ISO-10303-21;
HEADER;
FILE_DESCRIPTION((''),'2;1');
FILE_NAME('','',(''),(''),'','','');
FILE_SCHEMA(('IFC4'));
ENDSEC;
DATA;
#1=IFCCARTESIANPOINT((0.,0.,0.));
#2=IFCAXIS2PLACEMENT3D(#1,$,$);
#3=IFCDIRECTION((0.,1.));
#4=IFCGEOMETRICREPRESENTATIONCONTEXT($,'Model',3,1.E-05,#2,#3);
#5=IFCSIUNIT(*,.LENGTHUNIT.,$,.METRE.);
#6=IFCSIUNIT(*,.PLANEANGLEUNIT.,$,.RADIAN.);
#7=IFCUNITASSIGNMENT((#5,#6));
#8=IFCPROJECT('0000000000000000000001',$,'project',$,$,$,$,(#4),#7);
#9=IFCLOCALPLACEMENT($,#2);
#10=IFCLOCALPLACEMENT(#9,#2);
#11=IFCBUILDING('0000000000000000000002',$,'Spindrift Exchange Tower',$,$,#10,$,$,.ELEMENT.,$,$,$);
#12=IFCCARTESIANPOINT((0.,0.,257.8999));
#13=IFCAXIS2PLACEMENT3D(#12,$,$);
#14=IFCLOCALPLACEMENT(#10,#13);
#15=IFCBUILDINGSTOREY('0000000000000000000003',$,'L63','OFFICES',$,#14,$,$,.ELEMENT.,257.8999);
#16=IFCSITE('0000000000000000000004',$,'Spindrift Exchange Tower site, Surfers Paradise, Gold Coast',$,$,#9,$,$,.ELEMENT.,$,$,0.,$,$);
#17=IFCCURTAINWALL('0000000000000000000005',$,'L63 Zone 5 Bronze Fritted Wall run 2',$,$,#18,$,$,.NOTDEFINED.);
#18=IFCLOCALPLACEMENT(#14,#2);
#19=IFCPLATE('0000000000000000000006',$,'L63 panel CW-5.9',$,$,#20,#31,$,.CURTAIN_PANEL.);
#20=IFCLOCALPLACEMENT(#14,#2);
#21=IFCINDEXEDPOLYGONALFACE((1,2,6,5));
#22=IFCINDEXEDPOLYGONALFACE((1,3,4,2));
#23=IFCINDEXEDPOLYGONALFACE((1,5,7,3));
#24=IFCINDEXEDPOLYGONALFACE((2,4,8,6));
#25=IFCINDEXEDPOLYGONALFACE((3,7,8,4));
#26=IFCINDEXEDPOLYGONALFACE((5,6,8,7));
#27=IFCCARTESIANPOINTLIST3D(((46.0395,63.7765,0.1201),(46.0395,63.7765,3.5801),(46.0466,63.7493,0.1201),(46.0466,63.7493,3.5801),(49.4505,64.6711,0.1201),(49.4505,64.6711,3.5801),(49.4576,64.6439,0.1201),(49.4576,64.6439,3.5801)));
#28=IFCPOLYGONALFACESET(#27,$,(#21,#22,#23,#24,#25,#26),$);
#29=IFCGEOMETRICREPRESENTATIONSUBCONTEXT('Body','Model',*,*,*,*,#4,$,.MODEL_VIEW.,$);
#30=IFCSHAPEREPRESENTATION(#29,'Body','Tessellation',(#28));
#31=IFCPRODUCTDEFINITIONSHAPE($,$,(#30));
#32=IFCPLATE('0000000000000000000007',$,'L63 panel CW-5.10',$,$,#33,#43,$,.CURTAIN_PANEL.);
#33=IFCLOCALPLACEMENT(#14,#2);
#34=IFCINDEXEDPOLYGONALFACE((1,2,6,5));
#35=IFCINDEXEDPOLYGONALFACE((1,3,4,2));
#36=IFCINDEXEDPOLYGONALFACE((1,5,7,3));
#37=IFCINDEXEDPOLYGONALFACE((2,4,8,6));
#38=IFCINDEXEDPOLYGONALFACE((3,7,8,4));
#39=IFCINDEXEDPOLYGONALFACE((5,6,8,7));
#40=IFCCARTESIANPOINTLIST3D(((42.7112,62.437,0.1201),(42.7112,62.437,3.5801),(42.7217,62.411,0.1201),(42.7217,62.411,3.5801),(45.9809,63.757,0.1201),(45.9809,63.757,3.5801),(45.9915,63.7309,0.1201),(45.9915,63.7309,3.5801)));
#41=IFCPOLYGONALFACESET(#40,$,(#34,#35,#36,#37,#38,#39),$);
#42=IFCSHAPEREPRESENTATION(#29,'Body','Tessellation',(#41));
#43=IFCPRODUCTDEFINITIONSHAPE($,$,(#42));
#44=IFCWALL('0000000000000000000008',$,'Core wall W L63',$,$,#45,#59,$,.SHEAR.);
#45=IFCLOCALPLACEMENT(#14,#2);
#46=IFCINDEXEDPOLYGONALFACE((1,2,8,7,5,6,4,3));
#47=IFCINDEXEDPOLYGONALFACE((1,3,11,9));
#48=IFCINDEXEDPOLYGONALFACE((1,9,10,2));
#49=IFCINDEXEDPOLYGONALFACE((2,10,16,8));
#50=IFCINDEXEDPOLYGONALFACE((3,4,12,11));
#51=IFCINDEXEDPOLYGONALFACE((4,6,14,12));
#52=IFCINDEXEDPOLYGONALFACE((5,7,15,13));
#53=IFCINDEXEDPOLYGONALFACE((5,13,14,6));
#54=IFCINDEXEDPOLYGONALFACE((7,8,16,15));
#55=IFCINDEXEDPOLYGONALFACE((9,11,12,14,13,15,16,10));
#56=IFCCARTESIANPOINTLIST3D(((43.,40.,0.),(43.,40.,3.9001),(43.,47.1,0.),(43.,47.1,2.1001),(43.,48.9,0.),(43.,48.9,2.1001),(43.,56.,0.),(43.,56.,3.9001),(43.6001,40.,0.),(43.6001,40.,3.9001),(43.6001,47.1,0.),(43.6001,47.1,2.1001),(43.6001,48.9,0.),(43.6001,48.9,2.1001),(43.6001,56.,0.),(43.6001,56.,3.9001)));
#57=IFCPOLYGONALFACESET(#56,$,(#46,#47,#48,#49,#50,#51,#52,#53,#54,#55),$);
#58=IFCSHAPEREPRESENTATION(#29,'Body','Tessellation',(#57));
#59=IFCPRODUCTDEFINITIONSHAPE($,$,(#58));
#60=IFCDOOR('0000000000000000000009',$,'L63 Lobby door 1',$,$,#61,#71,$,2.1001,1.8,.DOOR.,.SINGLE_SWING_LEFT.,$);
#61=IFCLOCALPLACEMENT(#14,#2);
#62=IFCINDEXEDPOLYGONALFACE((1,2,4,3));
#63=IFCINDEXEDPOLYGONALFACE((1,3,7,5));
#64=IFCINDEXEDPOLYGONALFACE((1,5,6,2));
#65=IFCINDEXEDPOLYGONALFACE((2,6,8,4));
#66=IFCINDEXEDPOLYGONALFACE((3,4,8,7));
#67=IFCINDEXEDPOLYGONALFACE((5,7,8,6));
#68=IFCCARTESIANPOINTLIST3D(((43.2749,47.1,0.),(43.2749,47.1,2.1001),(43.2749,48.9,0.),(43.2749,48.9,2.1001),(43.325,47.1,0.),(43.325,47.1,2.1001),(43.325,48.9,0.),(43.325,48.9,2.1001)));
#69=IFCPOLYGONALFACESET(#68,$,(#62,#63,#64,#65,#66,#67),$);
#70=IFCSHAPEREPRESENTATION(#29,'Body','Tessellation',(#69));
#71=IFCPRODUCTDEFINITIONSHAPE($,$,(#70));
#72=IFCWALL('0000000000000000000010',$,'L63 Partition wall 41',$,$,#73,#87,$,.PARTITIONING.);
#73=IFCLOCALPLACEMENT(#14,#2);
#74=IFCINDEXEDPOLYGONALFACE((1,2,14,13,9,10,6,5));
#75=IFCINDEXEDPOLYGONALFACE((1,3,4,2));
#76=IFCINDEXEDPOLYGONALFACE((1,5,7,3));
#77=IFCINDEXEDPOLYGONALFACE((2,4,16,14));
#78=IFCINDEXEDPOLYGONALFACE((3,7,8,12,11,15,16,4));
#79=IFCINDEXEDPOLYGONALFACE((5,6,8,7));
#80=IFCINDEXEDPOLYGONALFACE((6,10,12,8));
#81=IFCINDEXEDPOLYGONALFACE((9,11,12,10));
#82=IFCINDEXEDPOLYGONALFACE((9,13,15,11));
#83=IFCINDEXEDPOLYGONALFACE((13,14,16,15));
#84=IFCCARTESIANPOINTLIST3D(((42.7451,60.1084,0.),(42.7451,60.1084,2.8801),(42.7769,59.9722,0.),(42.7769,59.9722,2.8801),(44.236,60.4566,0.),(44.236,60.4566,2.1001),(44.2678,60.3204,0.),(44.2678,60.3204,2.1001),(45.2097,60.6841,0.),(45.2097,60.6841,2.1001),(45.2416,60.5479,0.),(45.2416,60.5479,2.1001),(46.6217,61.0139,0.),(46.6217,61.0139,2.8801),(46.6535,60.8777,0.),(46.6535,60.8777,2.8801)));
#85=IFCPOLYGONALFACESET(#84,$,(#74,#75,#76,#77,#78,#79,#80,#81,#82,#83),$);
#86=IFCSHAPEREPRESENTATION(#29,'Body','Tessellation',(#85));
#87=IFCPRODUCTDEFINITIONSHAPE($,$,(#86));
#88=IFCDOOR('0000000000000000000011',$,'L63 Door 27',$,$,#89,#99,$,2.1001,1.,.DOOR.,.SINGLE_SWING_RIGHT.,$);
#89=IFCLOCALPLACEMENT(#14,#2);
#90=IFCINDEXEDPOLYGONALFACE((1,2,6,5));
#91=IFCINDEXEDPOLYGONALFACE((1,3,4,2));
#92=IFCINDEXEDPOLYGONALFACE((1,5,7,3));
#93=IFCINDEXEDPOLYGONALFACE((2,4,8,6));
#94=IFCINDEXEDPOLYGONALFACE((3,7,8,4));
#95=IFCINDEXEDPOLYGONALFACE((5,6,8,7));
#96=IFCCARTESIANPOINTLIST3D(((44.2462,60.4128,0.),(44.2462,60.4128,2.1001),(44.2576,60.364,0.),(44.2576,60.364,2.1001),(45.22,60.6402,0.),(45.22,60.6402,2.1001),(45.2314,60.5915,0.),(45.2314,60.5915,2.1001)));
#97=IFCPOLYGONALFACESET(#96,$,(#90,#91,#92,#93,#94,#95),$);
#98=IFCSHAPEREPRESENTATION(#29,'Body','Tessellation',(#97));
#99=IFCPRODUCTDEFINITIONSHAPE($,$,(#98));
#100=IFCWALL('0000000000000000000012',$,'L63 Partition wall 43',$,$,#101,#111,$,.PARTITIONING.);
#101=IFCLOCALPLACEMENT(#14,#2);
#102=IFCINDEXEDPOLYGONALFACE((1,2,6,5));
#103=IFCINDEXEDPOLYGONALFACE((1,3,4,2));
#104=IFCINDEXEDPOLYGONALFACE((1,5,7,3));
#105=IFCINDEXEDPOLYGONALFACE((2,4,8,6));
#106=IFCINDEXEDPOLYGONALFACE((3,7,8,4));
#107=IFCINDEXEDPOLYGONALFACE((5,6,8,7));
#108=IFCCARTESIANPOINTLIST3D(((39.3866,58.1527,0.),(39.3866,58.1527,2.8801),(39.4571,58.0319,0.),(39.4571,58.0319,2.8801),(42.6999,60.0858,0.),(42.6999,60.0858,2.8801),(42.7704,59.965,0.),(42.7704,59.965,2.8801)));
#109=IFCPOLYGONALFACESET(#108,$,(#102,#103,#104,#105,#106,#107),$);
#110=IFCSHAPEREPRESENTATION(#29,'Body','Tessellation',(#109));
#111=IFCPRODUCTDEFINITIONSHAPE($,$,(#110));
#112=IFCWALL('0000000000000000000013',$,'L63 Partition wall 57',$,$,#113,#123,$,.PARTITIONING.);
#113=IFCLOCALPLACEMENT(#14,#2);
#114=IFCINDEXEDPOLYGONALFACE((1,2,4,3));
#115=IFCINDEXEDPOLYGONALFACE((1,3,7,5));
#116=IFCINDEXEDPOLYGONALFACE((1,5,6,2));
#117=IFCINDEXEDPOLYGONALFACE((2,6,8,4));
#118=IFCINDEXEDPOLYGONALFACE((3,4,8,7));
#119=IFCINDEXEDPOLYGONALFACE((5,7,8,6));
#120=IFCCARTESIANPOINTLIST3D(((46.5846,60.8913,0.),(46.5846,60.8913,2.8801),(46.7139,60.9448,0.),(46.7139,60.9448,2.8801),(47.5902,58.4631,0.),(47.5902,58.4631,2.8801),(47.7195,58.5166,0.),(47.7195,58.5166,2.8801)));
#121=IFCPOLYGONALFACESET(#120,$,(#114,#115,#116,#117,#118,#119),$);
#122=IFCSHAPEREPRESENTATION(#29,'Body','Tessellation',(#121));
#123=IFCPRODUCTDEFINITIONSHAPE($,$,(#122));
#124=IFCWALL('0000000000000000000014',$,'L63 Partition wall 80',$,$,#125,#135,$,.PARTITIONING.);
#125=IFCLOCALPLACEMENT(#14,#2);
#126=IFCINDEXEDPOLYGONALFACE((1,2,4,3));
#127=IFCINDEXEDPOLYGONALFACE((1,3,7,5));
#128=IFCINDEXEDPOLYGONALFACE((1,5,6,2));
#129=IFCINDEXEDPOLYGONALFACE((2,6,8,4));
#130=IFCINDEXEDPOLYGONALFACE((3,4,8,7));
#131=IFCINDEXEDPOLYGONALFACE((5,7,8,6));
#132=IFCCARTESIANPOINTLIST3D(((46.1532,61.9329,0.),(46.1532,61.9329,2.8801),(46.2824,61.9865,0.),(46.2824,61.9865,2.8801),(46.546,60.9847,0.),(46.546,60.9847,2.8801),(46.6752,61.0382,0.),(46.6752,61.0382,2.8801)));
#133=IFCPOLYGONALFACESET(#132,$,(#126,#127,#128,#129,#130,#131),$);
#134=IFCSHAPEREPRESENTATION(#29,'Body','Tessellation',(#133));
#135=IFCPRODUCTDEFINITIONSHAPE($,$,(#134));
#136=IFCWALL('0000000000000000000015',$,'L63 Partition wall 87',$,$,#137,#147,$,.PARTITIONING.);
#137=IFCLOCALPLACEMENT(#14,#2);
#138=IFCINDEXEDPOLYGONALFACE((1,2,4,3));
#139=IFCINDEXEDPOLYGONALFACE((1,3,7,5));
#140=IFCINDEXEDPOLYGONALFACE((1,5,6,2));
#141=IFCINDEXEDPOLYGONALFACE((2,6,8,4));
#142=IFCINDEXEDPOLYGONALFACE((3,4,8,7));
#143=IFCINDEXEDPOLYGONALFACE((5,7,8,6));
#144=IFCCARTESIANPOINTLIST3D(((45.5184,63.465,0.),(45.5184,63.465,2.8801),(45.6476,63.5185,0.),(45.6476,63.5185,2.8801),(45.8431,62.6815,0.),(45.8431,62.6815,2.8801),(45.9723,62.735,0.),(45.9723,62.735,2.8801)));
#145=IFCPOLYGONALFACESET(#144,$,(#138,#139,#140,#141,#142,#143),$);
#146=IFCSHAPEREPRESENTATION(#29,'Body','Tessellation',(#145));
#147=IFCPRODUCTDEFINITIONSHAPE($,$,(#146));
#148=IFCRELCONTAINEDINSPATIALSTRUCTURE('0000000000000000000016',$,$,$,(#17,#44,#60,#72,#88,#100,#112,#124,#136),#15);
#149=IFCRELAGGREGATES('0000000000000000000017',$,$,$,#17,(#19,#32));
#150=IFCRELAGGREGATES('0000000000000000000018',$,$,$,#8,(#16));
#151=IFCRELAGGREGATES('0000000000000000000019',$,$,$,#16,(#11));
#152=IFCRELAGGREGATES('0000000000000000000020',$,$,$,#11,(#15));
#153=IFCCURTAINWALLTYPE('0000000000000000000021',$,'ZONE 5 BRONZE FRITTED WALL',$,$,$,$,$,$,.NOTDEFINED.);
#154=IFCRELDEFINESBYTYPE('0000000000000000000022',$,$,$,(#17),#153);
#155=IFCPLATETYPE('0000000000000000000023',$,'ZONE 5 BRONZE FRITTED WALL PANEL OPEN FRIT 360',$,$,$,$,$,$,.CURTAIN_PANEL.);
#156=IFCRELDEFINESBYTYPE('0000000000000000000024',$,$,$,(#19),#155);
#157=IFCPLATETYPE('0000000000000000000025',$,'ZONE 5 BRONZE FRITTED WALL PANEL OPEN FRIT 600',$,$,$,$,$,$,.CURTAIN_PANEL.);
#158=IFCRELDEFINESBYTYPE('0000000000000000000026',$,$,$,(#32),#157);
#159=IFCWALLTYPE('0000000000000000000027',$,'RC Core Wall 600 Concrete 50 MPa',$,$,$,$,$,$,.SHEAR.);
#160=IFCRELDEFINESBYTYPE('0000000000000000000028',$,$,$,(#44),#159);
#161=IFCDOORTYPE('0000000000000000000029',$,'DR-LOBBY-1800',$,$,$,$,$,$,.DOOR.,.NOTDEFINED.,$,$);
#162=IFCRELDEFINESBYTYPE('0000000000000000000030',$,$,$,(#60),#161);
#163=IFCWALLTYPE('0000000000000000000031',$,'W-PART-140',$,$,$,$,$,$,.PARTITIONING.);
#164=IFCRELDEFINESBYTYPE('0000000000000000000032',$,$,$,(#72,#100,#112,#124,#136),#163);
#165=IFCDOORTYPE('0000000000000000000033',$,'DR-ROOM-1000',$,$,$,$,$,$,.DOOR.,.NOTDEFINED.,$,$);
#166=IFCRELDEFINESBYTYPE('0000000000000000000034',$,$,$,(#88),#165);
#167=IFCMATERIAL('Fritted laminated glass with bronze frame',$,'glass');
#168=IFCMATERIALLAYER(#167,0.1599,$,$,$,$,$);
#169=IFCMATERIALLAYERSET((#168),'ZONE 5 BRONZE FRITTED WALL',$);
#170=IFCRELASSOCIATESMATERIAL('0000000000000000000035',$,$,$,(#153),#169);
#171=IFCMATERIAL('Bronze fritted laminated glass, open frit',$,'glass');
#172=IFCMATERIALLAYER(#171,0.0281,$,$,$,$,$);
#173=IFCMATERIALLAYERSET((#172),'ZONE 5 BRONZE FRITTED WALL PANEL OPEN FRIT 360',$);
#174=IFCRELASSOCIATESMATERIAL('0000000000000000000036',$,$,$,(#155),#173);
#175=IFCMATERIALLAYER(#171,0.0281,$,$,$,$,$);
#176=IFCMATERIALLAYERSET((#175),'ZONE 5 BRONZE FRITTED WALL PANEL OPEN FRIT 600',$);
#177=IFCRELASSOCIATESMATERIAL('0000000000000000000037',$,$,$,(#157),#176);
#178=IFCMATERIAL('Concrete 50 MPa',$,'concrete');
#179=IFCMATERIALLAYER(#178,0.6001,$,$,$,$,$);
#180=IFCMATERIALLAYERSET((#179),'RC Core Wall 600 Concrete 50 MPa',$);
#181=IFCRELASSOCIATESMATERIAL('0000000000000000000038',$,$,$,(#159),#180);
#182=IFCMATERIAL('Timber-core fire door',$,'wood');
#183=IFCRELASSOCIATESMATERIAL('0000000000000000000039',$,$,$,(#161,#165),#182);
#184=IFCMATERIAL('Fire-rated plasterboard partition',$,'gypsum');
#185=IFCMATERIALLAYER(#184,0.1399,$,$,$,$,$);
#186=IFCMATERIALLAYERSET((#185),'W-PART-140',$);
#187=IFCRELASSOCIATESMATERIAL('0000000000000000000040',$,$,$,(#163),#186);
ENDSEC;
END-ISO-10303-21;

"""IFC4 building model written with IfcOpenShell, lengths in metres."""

from ifc_helpers import new_model, si_unit, direction, frame, frame_2d, origin, origin_2d, place, context, subcontext, project, spatial, rectangle, extrude, source, transform, mapped, material, layer, layer_set, type_object, element, fill, aggregate, save


model = new_model("IFC4")

# Units and contexts
model_context = context("Model", 3, precision=1e-05, world=origin(), true_north=direction((0.0, 1.0)))
body_context = subcontext(model_context, "Body", "Model", "MODEL_VIEW")
ifc_project = project(units=[si_unit("LENGTHUNIT", "METRE"), si_unit("PLANEANGLEUNIT", "RADIAN")], contexts=[model_context])

# Site, building, storey
site_placement = place(None, origin())
site = spatial("IfcSite", under=ifc_project, at=site_placement, Name="Spindrift Exchange Tower site, Surfers Paradise, Gold Coast", CompositionType="ELEMENT", RefElevation=0.0)
building_placement = place(site_placement, origin())
building = spatial("IfcBuilding", under=site, at=building_placement, Name="Spindrift Exchange Tower", CompositionType="ELEMENT")
storey_placement = place(building_placement, frame((0.0, 0.0, 257.8999)))
storey = spatial("IfcBuildingStorey", under=building, at=storey_placement, Name="L63", Description="OFFICES", CompositionType="ELEMENT", Elevation=257.8999)

# Curtain wall, plates
ifc_material_1 = material(Name="Fritted laminated glass with bronze frame", Category="glass")
ifc_layer_1 = layer(ifc_material_1, 0.1599)
ifc_layer_set_1 = layer_set([ifc_layer_1], Name="ZONE 5 BRONZE FRITTED WALL")
curtain_wall_type = type_object("IfcCurtainWallType", Name="ZONE 5 BRONZE FRITTED WALL", PredefinedType="NOTDEFINED", material=ifc_layer_set_1)
curtain_wall_placement = place(storey_placement, origin())
curtain_wall = element("IfcCurtainWall", 1, at=curtain_wall_placement, inside=storey, type_object=curtain_wall_type, Name="L63 Zone 5 Bronze Fritted Wall run 2", PredefinedType="NOTDEFINED")
ifc_material_2 = material(Name="Bronze fritted laminated glass, open frit", Category="glass")
ifc_layer_2 = layer(ifc_material_2, 0.0281)
ifc_layer_set_2 = layer_set([ifc_layer_2], Name="ZONE 5 BRONZE FRITTED WALL PANEL OPEN FRIT 360")
plate_type_1 = type_object("IfcPlateType", Name="ZONE 5 BRONZE FRITTED WALL PANEL OPEN FRIT 360", PredefinedType="CURTAIN_PANEL", material=ifc_layer_set_2)
shared_shape_1 = source(origin(), body_context, "Body", "SweptSolid", [
    extrude(rectangle(XDim=3.5264, YDim=0.0281, at=origin_2d()), origin(), (0.0, 0.0, 1.0), 3.46),
])
plate_1_placement = place(storey_placement, frame((47.7485, 64.2102, 0.1201), z_axis=(0.0, 0.0, 1.0), x_axis=(-0.967289, -0.253679, 0.0)))
plate_1 = element("IfcPlate", 2, at=plate_1_placement, type_object=plate_type_1, Name="L63 panel CW-5.9", PredefinedType="CURTAIN_PANEL", context=body_context, shape_type="MappedRepresentation", body=[
    mapped(shared_shape_1, transform((0.0, 0.0, 0.0), scale=1.0)),
])
ifc_layer_3 = layer(ifc_material_2, 0.0281)
ifc_layer_set_3 = layer_set([ifc_layer_3], Name="ZONE 5 BRONZE FRITTED WALL PANEL OPEN FRIT 600")
plate_type_2 = type_object("IfcPlateType", Name="ZONE 5 BRONZE FRITTED WALL PANEL OPEN FRIT 600", PredefinedType="CURTAIN_PANEL", material=ifc_layer_set_3)
shared_shape_2 = source(origin(), body_context, "Body", "SweptSolid", [
    extrude(rectangle(XDim=3.5261, YDim=0.0281, at=origin_2d()), origin(), (0.0, 0.0, 1.0), 3.46),
])
plate_2_placement = place(storey_placement, frame((44.3513, 63.084, 0.1201), z_axis=(0.0, 0.0, 1.0), x_axis=(-0.927299, -0.374322, 0.0)))
plate_2 = element("IfcPlate", 3, at=plate_2_placement, type_object=plate_type_2, Name="L63 panel CW-5.10", PredefinedType="CURTAIN_PANEL", context=body_context, shape_type="MappedRepresentation", body=[
    mapped(shared_shape_2, transform((0.0, 0.0, 0.0), scale=1.0)),
])
aggregate(curtain_wall, [plate_1, plate_2])

# Walls, openings, doors
ifc_material_3 = material(Name="Concrete 50 MPa", Category="concrete")
ifc_layer_4 = layer(ifc_material_3, 0.6001)
ifc_layer_set_4 = layer_set([ifc_layer_4], Name="RC Core Wall 600 Concrete 50 MPa")
wall_type_1 = type_object("IfcWallType", Name="RC Core Wall 600 Concrete 50 MPa", PredefinedType="SHEAR", material=ifc_layer_set_4)
wall_1_placement = place(storey_placement, frame((43.3, 56.0, 0.0), z_axis=(0.0, 0.0, 1.0), x_axis=(0.0, -1.0, 0.0)))
wall_1 = element("IfcWall", 4, at=wall_1_placement, inside=storey, type_object=wall_type_1, Name="Core wall W L63", PredefinedType="SHEAR", context=body_context, shape_type="SweptSolid", body=[
    extrude(rectangle(XDim=16.0, YDim=0.6001, at=frame_2d((8.0, 0.0))), origin(), (0.0, 0.0, 1.0), 3.9001),
])
opening_1_placement = place(wall_1_placement, frame((7.1001, 0.0, 0.0)))
opening_1 = element("IfcOpeningElement", 5, at=opening_1_placement, cuts=wall_1, PredefinedType="OPENING", context=body_context, shape_type="SweptSolid", body=[
    extrude(rectangle(XDim=1.8, YDim=2.1001, at=frame_2d((0.8999, 1.05))), frame((0.0, 0.3101, 0.0), z_axis=(0.0, -1.0, 0.0), x_axis=(1.0, 0.0, 0.0)), (0.0, 0.0, 1.0), 0.6201),
])
ifc_material_4 = material(Name="Timber-core fire door", Category="wood")
door_type_1 = type_object("IfcDoorType", Name="DR-LOBBY-1800", OperationType="NOTDEFINED", PredefinedType="DOOR", material=ifc_material_4)
shared_shape_3 = source(origin(), body_context, "Body", "SweptSolid", [
    extrude(rectangle(XDim=1.8, YDim=2.1001, at=frame_2d((0.8999, 1.05))), frame((0.0, 0.0249, 0.0), z_axis=(0.0, -1.0, 0.0), x_axis=(1.0, 0.0, 0.0)), (0.0, 0.0, 1.0), 0.05),
])
door_1_placement = place(opening_1_placement, origin())
door_1 = element("IfcDoor", 6, at=door_1_placement, inside=storey, type_object=door_type_1, Name="L63 Lobby door 1", OperationType="SINGLE_SWING_LEFT", OverallHeight=2.1001, OverallWidth=1.8, PredefinedType="DOOR", context=body_context, shape_type="MappedRepresentation", body=[
    mapped(shared_shape_3, transform((0.0, 0.0, 0.0), scale=1.0)),
])
fill(opening_1, door_1)
ifc_material_5 = material(Name="Fire-rated plasterboard partition", Category="gypsum")
ifc_layer_5 = layer(ifc_material_5, 0.1399)
ifc_layer_set_5 = layer_set([ifc_layer_5], Name="W-PART-140")
wall_type_2 = type_object("IfcWallType", Name="W-PART-140", PredefinedType="PARTITIONING", material=ifc_layer_set_5)
wall_2_placement = place(storey_placement, frame((42.761, 60.0403, 0.0), z_axis=(0.0, 0.0, 1.0), x_axis=(0.973788, 0.227456, 0.0)))
wall_2 = element("IfcWall", 7, at=wall_2_placement, inside=storey, type_object=wall_type_2, Name="L63 Partition wall 41", PredefinedType="PARTITIONING", context=body_context, shape_type="SweptSolid", body=[
    extrude(rectangle(XDim=3.981, YDim=0.1399, at=frame_2d((1.9905, 0.0))), origin(), (0.0, 0.0, 1.0), 2.8801),
])
opening_2_placement = place(wall_2_placement, frame((1.531, 0.0, 0.0)))
opening_2 = element("IfcOpeningElement", 8, at=opening_2_placement, cuts=wall_2, PredefinedType="OPENING", context=body_context, shape_type="SweptSolid", body=[
    extrude(rectangle(XDim=1.0, YDim=2.1001, at=frame_2d((0.5, 1.05))), frame((0.0, 0.0798, 0.0), z_axis=(0.0, -1.0, 0.0), x_axis=(1.0, 0.0, 0.0)), (0.0, 0.0, 1.0), 0.1599),
])
door_type_2 = type_object("IfcDoorType", Name="DR-ROOM-1000", OperationType="NOTDEFINED", PredefinedType="DOOR", material=ifc_material_4)
shared_shape_4 = source(origin(), body_context, "Body", "SweptSolid", [
    extrude(rectangle(XDim=1.0, YDim=2.1001, at=frame_2d((0.5, 1.05))), frame((0.0, 0.0249, 0.0), z_axis=(0.0, -1.0, 0.0), x_axis=(1.0, 0.0, 0.0)), (0.0, 0.0, 1.0), 0.05),
])
door_2_placement = place(opening_2_placement, origin())
door_2 = element("IfcDoor", 9, at=door_2_placement, inside=storey, type_object=door_type_2, Name="L63 Door 27", OperationType="SINGLE_SWING_RIGHT", OverallHeight=2.1001, OverallWidth=1.0, PredefinedType="DOOR", context=body_context, shape_type="MappedRepresentation", body=[
    mapped(shared_shape_4, transform((0.0, 0.0, 0.0), scale=1.0)),
])
fill(opening_2, door_2)

# Walls
wall_3_placement = place(storey_placement, frame((42.7351, 60.0254, 0.0), z_axis=(0.0, 0.0, 1.0), x_axis=(-0.863735, -0.503946, 0.0)))
element("IfcWall", 10, at=wall_3_placement, inside=storey, type_object=wall_type_2, Name="L63 Partition wall 43", PredefinedType="PARTITIONING", context=body_context, shape_type="SweptSolid", body=[
    extrude(rectangle(XDim=3.8359, YDim=0.1399, at=frame_2d((1.918, 0.0))), origin(), (0.0, 0.0, 1.0), 2.8801),
])
wall_4_placement = place(storey_placement, frame((47.6548, 58.49, 0.0), z_axis=(0.0, 0.0, 1.0), x_axis=(-0.382623, 0.923905, 0.0)))
element("IfcWall", 11, at=wall_4_placement, inside=storey, type_object=wall_type_2, Name="L63 Partition wall 57", PredefinedType="PARTITIONING", context=body_context, shape_type="SweptSolid", body=[
    extrude(rectangle(XDim=2.6282, YDim=0.1399, at=frame_2d((1.314, 0.0))), origin(), (0.0, 0.0, 1.0), 2.8801),
])
wall_5_placement = place(storey_placement, frame((46.6106, 61.0115, 0.0), z_axis=(0.0, 0.0, 1.0), x_axis=(-0.382723, 0.923863, 0.0)))
element("IfcWall", 12, at=wall_5_placement, inside=storey, type_object=wall_type_2, Name="L63 Partition wall 80", PredefinedType="PARTITIONING", context=body_context, shape_type="SweptSolid", body=[
    extrude(rectangle(XDim=1.0264, YDim=0.1399, at=frame_2d((0.5132, 0.0))), origin(), (0.0, 0.0, 1.0), 2.8801),
])
wall_6_placement = place(storey_placement, frame((45.9077, 62.7083, 0.0), z_axis=(0.0, 0.0, 1.0), x_axis=(-0.382877, 0.923799, 0.0)))
element("IfcWall", 13, at=wall_6_placement, inside=storey, type_object=wall_type_2, Name="L63 Partition wall 87", PredefinedType="PARTITIONING", context=body_context, shape_type="SweptSolid", body=[
    extrude(rectangle(XDim=0.8481, YDim=0.1399, at=frame_2d((0.4241, 0.0))), origin(), (0.0, 0.0, 1.0), 2.8801),
])

save(model, "model.ifc")
